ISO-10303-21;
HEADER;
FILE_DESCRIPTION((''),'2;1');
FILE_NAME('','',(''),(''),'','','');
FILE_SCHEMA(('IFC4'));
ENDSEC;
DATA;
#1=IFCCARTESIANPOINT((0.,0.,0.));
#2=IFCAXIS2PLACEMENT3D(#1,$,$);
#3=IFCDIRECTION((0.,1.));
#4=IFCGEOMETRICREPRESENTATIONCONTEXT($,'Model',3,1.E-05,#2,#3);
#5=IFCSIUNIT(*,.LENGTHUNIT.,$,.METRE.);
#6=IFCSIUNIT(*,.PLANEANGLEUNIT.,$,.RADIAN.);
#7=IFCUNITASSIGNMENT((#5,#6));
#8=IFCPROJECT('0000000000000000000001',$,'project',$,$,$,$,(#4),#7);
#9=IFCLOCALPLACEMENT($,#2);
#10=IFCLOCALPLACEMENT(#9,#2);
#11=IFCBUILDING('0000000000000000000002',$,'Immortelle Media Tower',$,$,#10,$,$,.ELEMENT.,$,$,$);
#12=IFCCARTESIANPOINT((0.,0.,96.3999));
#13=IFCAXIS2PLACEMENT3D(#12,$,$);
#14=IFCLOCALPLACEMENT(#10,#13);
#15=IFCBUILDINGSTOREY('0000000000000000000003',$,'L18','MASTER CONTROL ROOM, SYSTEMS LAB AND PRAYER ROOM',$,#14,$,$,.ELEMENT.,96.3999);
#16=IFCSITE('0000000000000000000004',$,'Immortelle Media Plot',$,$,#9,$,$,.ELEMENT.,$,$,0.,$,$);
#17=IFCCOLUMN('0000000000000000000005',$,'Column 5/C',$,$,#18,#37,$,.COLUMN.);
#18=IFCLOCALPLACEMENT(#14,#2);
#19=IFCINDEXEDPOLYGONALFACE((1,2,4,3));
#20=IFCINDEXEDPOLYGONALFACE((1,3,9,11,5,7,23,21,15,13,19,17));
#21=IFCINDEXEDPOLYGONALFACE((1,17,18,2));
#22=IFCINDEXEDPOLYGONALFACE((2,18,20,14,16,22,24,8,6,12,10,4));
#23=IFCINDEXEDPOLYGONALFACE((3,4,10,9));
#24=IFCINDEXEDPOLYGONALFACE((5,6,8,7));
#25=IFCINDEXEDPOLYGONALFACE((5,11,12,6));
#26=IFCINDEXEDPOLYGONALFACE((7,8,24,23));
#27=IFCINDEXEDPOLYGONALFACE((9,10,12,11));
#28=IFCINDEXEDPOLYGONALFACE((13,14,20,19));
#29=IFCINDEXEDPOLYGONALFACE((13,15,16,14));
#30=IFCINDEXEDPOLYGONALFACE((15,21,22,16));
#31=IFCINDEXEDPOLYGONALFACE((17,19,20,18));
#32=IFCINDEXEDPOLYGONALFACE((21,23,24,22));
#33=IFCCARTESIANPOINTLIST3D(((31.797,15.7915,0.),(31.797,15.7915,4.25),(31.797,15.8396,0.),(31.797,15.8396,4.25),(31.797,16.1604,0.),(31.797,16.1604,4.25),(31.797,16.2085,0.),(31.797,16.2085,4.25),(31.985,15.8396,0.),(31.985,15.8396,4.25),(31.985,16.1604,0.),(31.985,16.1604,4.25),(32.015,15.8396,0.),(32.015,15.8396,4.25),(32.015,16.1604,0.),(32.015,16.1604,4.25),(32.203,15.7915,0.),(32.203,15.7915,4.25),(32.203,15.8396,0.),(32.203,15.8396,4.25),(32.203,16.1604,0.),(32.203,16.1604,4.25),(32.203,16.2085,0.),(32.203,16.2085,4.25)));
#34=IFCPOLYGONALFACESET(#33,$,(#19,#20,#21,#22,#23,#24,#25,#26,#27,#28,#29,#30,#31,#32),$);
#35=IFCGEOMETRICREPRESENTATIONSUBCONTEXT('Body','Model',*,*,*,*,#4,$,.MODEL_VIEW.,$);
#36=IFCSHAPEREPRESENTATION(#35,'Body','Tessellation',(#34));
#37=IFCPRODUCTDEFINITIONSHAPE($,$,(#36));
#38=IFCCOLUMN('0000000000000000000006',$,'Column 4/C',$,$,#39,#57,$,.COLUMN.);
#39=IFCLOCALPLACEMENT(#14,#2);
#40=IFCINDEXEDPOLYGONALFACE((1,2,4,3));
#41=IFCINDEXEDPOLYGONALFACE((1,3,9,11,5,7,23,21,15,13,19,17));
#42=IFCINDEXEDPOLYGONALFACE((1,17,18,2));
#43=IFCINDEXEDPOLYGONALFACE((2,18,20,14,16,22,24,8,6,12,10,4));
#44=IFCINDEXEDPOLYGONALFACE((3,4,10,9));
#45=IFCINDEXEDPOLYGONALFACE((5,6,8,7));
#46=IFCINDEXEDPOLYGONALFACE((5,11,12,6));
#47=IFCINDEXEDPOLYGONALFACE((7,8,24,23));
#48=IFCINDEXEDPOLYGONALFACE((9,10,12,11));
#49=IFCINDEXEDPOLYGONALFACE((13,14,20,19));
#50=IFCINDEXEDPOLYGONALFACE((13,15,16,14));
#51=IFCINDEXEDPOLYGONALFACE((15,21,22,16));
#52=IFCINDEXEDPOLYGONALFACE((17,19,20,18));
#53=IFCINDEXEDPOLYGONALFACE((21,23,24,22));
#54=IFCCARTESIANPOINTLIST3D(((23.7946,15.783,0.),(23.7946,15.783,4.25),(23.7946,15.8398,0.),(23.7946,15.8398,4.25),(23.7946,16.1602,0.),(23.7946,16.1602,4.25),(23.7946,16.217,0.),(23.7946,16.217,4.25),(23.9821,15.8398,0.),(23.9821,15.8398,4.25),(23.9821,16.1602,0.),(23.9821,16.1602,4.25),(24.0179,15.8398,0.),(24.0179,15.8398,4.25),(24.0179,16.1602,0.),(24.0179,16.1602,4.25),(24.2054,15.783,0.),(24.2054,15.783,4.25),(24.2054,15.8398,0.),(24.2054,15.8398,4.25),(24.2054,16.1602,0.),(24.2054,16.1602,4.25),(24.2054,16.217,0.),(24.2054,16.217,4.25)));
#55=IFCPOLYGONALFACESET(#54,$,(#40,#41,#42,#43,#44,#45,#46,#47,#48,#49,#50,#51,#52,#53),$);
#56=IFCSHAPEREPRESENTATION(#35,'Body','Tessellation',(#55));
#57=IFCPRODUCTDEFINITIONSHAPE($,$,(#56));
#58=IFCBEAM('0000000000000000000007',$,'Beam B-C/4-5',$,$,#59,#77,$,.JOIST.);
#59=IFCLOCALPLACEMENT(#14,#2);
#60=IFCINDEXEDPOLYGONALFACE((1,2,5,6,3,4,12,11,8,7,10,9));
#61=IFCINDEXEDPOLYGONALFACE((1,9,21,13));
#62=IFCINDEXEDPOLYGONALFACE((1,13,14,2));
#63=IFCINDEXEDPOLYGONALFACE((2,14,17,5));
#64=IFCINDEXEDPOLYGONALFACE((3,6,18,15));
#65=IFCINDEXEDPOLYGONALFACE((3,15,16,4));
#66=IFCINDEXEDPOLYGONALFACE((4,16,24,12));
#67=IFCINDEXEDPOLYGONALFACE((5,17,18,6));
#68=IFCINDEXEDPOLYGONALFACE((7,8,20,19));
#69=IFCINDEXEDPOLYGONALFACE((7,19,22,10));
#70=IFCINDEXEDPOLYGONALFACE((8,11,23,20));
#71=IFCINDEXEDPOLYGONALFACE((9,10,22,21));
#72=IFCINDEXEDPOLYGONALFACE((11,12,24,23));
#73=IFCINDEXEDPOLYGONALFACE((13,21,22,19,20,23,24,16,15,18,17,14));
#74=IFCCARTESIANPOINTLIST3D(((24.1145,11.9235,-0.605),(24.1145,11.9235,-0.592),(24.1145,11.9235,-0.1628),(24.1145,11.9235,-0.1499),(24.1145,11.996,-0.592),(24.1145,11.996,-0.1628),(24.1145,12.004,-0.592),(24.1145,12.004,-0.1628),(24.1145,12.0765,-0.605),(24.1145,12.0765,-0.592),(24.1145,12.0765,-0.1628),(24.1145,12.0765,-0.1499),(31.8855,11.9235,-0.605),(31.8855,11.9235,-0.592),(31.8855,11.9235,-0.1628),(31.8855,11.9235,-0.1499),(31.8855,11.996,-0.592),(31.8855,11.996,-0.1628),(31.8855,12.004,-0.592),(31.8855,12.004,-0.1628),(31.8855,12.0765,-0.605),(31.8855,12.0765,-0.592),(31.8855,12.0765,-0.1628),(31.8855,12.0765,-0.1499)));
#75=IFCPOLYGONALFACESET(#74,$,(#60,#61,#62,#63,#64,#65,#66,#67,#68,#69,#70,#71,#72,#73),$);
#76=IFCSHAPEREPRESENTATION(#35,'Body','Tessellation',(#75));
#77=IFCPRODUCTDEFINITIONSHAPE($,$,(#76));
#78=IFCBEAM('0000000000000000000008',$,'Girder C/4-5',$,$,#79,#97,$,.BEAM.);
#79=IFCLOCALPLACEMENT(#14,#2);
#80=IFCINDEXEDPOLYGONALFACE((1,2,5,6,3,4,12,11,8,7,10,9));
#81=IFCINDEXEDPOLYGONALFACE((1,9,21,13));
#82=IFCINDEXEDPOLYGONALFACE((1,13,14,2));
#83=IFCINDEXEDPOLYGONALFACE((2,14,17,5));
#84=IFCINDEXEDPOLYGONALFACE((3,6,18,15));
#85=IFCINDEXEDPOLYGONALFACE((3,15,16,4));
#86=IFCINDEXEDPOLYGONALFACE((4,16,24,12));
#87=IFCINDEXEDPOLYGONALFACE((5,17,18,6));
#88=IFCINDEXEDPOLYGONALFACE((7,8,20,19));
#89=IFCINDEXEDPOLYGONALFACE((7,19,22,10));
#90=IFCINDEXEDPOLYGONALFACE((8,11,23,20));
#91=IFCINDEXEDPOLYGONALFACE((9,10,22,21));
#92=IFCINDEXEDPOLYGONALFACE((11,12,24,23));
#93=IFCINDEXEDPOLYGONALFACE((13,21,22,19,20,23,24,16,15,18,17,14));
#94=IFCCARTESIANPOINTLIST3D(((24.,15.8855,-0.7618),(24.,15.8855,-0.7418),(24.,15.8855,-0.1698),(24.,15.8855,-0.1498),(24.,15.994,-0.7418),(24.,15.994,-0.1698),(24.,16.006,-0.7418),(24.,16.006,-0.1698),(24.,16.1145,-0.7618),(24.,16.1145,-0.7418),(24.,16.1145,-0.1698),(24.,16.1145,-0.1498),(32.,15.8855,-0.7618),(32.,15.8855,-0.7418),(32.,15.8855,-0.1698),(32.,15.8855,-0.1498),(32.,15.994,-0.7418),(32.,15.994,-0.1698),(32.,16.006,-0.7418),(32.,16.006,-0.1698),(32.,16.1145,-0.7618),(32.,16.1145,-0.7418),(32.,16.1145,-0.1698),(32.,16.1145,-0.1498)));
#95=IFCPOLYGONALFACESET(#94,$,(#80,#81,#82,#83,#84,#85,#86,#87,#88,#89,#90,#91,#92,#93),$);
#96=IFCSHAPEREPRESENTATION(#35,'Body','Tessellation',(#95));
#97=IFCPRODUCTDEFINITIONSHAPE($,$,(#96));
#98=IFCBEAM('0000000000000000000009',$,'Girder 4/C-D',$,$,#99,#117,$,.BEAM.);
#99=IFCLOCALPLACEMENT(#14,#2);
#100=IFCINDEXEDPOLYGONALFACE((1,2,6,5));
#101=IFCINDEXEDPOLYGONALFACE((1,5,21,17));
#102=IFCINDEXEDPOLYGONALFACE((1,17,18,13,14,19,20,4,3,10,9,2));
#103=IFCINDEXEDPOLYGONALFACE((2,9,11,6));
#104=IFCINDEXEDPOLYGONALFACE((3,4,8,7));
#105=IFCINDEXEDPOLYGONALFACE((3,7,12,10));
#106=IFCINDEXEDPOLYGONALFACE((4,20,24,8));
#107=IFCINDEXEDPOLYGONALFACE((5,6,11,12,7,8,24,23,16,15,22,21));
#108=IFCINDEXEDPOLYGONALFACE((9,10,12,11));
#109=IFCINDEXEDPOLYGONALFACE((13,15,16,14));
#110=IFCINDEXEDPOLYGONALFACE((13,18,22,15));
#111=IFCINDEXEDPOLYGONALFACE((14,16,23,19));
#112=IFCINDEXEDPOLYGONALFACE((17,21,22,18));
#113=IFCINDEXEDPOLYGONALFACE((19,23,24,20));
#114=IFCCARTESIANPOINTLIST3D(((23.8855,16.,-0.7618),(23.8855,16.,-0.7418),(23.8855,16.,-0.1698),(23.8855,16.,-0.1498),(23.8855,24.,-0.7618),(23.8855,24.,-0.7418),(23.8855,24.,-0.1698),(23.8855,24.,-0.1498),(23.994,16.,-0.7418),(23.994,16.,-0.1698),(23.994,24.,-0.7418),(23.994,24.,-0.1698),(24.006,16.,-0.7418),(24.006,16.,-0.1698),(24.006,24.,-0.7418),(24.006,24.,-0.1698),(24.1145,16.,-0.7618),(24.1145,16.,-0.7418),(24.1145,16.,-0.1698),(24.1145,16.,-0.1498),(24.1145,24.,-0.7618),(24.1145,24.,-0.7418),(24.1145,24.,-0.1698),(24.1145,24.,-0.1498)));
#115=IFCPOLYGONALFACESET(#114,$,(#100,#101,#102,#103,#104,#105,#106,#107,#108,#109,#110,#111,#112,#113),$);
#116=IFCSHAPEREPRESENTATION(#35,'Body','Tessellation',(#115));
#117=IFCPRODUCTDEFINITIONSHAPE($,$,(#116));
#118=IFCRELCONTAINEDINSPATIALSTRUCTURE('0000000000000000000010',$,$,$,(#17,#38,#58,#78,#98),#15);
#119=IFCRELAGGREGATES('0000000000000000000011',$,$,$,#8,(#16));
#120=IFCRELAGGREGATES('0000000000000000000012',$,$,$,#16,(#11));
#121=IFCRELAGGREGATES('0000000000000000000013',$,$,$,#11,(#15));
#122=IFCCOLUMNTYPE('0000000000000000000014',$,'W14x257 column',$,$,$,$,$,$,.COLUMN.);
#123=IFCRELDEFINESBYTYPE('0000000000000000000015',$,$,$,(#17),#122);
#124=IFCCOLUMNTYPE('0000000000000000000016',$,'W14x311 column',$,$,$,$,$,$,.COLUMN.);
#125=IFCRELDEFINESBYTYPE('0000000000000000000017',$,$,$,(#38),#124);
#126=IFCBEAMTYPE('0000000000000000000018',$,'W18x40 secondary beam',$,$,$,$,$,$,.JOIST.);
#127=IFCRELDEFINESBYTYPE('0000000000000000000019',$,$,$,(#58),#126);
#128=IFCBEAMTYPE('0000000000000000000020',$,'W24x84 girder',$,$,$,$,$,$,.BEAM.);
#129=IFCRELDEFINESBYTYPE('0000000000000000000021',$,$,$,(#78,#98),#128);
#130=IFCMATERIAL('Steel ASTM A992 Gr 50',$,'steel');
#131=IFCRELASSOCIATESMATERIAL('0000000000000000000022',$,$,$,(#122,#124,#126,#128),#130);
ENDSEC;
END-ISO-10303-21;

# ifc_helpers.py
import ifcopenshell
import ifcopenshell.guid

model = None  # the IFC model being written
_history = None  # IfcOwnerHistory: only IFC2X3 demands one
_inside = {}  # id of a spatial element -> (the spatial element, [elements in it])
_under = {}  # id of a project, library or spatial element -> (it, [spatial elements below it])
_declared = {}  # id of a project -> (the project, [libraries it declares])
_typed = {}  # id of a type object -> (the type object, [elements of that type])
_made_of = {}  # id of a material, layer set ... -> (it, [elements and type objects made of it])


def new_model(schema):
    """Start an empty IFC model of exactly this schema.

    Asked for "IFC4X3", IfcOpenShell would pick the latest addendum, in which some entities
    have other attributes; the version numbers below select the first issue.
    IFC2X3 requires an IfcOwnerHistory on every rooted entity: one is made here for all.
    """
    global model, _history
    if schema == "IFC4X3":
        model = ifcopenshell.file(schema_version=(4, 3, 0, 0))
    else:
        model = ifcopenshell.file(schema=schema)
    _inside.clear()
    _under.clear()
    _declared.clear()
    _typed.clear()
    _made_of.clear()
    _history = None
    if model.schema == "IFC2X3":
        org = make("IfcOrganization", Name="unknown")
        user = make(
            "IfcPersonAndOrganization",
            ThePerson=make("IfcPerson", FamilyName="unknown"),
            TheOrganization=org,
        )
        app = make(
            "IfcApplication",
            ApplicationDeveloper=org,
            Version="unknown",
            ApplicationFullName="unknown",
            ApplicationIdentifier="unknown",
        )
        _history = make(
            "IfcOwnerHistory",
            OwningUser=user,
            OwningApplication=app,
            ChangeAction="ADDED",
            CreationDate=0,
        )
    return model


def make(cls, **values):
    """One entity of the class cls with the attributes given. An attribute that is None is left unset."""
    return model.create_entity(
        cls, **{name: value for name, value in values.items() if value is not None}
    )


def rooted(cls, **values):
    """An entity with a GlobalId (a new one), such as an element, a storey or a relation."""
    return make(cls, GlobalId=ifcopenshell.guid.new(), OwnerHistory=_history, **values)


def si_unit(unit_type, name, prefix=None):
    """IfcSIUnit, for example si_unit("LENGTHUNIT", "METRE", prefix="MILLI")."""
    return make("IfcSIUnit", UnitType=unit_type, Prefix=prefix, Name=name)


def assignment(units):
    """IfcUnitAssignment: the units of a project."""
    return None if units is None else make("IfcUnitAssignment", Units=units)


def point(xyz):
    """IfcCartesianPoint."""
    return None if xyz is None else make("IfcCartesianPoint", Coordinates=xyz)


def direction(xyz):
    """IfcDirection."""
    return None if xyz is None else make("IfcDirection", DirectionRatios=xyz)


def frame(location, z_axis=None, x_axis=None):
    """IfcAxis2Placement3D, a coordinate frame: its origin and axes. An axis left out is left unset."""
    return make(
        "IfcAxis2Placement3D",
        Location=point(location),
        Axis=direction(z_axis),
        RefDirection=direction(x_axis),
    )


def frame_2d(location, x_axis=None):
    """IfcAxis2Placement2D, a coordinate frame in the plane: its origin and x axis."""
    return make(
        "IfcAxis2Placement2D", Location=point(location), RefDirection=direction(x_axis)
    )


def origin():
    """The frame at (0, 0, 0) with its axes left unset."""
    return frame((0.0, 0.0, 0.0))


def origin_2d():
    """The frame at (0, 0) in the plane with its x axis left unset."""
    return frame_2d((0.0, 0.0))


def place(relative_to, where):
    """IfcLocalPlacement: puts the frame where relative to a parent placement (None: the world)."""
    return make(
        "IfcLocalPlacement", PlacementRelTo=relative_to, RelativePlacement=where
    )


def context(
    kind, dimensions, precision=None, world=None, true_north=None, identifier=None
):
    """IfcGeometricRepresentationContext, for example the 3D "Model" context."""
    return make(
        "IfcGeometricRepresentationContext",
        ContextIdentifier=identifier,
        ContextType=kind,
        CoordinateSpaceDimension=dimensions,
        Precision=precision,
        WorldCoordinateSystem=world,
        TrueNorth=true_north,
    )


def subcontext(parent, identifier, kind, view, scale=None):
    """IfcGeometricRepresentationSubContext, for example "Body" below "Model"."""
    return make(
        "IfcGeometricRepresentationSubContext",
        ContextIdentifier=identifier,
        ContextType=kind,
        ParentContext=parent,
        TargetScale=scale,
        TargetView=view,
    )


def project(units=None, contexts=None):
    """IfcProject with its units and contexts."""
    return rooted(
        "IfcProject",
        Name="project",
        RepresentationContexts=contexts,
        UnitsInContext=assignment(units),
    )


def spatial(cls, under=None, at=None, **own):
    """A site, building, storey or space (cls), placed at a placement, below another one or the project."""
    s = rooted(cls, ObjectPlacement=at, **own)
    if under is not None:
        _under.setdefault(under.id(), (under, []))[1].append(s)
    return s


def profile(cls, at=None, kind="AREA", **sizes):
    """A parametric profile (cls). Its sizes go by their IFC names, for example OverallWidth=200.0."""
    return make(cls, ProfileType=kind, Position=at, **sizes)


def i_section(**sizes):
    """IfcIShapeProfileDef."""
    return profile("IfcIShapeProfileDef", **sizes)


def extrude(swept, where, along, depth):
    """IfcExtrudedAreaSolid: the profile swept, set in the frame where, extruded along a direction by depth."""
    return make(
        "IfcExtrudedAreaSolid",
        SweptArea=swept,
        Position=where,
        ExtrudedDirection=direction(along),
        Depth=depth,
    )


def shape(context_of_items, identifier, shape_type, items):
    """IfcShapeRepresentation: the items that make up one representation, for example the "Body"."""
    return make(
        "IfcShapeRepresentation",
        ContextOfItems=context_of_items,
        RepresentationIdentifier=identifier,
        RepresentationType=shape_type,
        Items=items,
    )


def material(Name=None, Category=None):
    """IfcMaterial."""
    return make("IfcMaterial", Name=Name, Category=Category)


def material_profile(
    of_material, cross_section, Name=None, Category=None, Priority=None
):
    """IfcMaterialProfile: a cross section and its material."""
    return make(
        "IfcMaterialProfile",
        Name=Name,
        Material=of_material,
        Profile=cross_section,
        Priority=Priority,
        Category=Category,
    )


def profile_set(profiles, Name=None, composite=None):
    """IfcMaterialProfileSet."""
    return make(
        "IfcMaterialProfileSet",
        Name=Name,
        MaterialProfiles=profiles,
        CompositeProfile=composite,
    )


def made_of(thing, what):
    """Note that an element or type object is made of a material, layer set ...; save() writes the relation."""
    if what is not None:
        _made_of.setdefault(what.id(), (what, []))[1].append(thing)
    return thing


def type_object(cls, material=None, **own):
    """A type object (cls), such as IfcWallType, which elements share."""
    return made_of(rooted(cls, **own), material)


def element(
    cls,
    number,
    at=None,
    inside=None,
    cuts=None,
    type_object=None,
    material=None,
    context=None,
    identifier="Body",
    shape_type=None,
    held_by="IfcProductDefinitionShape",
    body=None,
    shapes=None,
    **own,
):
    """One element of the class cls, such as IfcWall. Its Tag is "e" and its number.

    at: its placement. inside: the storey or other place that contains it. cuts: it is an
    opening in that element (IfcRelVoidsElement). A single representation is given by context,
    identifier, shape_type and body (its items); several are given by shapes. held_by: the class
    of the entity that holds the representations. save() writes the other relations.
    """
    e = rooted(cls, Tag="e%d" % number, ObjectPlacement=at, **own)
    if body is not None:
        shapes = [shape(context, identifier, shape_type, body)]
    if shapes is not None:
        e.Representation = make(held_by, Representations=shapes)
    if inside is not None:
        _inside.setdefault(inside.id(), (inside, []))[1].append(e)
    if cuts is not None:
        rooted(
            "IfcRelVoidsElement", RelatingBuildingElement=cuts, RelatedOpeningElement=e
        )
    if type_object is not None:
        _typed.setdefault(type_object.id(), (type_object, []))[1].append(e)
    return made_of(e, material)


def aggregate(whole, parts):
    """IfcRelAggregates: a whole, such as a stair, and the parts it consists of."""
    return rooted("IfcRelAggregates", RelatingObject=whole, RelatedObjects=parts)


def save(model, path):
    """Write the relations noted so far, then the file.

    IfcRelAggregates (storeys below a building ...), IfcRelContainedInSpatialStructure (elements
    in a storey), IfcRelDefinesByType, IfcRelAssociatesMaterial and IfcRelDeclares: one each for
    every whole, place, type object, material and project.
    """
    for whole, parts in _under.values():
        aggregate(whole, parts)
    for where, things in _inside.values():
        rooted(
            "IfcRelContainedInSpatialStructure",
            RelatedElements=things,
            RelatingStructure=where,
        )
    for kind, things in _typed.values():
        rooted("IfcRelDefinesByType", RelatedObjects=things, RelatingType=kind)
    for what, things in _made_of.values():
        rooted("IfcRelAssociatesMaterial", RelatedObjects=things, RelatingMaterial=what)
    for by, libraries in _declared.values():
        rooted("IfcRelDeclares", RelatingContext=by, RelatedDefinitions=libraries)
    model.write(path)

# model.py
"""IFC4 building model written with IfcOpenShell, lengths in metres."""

from ifc_helpers import new_model, si_unit, direction, frame, origin, origin_2d, place, context, subcontext, project, spatial, i_section, extrude, material, material_profile, profile_set, type_object, element, save


model = new_model("IFC4")

# Units and contexts
model_context = context("Model", 3, precision=1e-05, world=origin(), true_north=direction((0.0, 1.0)))
body_context = subcontext(model_context, "Body", "Model", "MODEL_VIEW")
ifc_project = project(units=[si_unit("LENGTHUNIT", "METRE"), si_unit("PLANEANGLEUNIT", "RADIAN")], contexts=[model_context])

# Site, building, storey
site_placement = place(None, origin())
site = spatial("IfcSite", under=ifc_project, at=site_placement, Name="Immortelle Media Plot", CompositionType="ELEMENT", RefElevation=0.0)
building_placement = place(site_placement, origin())
building = spatial("IfcBuilding", under=site, at=building_placement, Name="Immortelle Media Tower", CompositionType="ELEMENT")
storey_placement = place(building_placement, frame((0.0, 0.0, 96.3999)))
storey = spatial("IfcBuildingStorey", under=building, at=storey_placement, Name="L18", Description="MASTER CONTROL ROOM, SYSTEMS LAB AND PRAYER ROOM", CompositionType="ELEMENT", Elevation=96.3999)

# Columns
ifc_material_1 = material(Name="Steel ASTM A992 Gr 50", Category="steel")
ifc_material_profile_1 = material_profile(ifc_material_1, i_section(OverallWidth=0.406, OverallDepth=0.417, WebThickness=0.03, FlangeThickness=0.0481, at=origin_2d()), Name="W14x257")
ifc_profile_set_1 = profile_set([ifc_material_profile_1], Name="Steel ASTM A992 Gr 50")
column_type_1 = type_object("IfcColumnType", Name="W14x257 column", PredefinedType="COLUMN", material=ifc_profile_set_1)
column_1_placement = place(storey_placement, frame((32.0, 16.0, 0.0), z_axis=(0.0, 0.0, 1.0), x_axis=(1.0, 0.0, 0.0)))
element("IfcColumn", 1, at=column_1_placement, inside=storey, type_object=column_type_1, Name="Column 5/C", PredefinedType="COLUMN", context=body_context, shape_type="SweptSolid", body=[
    extrude(i_section(OverallWidth=0.406, OverallDepth=0.417, WebThickness=0.03, FlangeThickness=0.0481, at=origin_2d()), origin(), (0.0, 0.0, 1.0), 4.25),
])
ifc_material_profile_2 = material_profile(ifc_material_1, i_section(OverallWidth=0.4109, OverallDepth=0.4341, WebThickness=0.0359, FlangeThickness=0.0569, at=origin_2d()), Name="W14x311")
ifc_profile_set_2 = profile_set([ifc_material_profile_2], Name="Steel ASTM A992 Gr 50")
column_type_2 = type_object("IfcColumnType", Name="W14x311 column", PredefinedType="COLUMN", material=ifc_profile_set_2)
column_2_placement = place(storey_placement, frame((24.0, 16.0, 0.0), z_axis=(0.0, 0.0, 1.0), x_axis=(1.0, 0.0, 0.0)))
element("IfcColumn", 2, at=column_2_placement, inside=storey, type_object=column_type_2, Name="Column 4/C", PredefinedType="COLUMN", context=body_context, shape_type="SweptSolid", body=[
    extrude(i_section(OverallWidth=0.4109, OverallDepth=0.4341, WebThickness=0.0359, FlangeThickness=0.0569, at=origin_2d()), origin(), (0.0, 0.0, 1.0), 4.25),
])

# Beams
ifc_material_profile_3 = material_profile(ifc_material_1, i_section(OverallWidth=0.1531, OverallDepth=0.4551, WebThickness=0.0081, FlangeThickness=0.0129, at=origin_2d()), Name="W18x40")
ifc_profile_set_3 = profile_set([ifc_material_profile_3], Name="Steel ASTM A992 Gr 50")
beam_type_1 = type_object("IfcBeamType", Name="W18x40 secondary beam", PredefinedType="JOIST", material=ifc_profile_set_3)
beam_placement = place(storey_placement, frame((24.1145, 12.0, -0.3774), z_axis=(1.0, 0.0, 0.0), x_axis=(0.0, 1.0, 0.0)))
element("IfcBeam", 3, at=beam_placement, inside=storey, type_object=beam_type_1, Name="Beam B-C/4-5", PredefinedType="JOIST", context=body_context, shape_type="SweptSolid", body=[
    extrude(i_section(OverallWidth=0.1531, OverallDepth=0.4551, WebThickness=0.0081, FlangeThickness=0.0129, at=origin_2d()), origin(), (0.0, 0.0, 1.0), 7.771),
])
ifc_material_profile_4 = material_profile(ifc_material_1, i_section(OverallWidth=0.229, OverallDepth=0.6121, WebThickness=0.012, FlangeThickness=0.02, at=origin_2d()), Name="W24x84")
ifc_profile_set_4 = profile_set([ifc_material_profile_4], Name="Steel ASTM A992 Gr 50")
beam_type_2 = type_object("IfcBeamType", Name="W24x84 girder", PredefinedType="BEAM", material=ifc_profile_set_4)
for number, where, z_axis, x_axis, name in (
    (4, (24.0, 16.0, -0.4558), (1.0, 0.0, 0.0), (0.0, 1.0, 0.0), "Girder C/4-5"),
    (5, (24.0, 16.0, -0.4558), (0.0, 1.0, 0.0), (-1.0, 0.0, 0.0), "Girder 4/C-D"),
):
    element("IfcBeam", number, at=place(storey_placement, frame(where, z_axis=z_axis, x_axis=x_axis)), inside=storey, type_object=beam_type_2, Name=name, PredefinedType="BEAM", context=body_context, shape_type="SweptSolid", body=[
        extrude(i_section(OverallWidth=0.229, OverallDepth=0.6121, WebThickness=0.012, FlangeThickness=0.02, at=origin_2d()), origin(), (0.0, 0.0, 1.0), 8.0),
    ])

save(model, "model.ifc")
